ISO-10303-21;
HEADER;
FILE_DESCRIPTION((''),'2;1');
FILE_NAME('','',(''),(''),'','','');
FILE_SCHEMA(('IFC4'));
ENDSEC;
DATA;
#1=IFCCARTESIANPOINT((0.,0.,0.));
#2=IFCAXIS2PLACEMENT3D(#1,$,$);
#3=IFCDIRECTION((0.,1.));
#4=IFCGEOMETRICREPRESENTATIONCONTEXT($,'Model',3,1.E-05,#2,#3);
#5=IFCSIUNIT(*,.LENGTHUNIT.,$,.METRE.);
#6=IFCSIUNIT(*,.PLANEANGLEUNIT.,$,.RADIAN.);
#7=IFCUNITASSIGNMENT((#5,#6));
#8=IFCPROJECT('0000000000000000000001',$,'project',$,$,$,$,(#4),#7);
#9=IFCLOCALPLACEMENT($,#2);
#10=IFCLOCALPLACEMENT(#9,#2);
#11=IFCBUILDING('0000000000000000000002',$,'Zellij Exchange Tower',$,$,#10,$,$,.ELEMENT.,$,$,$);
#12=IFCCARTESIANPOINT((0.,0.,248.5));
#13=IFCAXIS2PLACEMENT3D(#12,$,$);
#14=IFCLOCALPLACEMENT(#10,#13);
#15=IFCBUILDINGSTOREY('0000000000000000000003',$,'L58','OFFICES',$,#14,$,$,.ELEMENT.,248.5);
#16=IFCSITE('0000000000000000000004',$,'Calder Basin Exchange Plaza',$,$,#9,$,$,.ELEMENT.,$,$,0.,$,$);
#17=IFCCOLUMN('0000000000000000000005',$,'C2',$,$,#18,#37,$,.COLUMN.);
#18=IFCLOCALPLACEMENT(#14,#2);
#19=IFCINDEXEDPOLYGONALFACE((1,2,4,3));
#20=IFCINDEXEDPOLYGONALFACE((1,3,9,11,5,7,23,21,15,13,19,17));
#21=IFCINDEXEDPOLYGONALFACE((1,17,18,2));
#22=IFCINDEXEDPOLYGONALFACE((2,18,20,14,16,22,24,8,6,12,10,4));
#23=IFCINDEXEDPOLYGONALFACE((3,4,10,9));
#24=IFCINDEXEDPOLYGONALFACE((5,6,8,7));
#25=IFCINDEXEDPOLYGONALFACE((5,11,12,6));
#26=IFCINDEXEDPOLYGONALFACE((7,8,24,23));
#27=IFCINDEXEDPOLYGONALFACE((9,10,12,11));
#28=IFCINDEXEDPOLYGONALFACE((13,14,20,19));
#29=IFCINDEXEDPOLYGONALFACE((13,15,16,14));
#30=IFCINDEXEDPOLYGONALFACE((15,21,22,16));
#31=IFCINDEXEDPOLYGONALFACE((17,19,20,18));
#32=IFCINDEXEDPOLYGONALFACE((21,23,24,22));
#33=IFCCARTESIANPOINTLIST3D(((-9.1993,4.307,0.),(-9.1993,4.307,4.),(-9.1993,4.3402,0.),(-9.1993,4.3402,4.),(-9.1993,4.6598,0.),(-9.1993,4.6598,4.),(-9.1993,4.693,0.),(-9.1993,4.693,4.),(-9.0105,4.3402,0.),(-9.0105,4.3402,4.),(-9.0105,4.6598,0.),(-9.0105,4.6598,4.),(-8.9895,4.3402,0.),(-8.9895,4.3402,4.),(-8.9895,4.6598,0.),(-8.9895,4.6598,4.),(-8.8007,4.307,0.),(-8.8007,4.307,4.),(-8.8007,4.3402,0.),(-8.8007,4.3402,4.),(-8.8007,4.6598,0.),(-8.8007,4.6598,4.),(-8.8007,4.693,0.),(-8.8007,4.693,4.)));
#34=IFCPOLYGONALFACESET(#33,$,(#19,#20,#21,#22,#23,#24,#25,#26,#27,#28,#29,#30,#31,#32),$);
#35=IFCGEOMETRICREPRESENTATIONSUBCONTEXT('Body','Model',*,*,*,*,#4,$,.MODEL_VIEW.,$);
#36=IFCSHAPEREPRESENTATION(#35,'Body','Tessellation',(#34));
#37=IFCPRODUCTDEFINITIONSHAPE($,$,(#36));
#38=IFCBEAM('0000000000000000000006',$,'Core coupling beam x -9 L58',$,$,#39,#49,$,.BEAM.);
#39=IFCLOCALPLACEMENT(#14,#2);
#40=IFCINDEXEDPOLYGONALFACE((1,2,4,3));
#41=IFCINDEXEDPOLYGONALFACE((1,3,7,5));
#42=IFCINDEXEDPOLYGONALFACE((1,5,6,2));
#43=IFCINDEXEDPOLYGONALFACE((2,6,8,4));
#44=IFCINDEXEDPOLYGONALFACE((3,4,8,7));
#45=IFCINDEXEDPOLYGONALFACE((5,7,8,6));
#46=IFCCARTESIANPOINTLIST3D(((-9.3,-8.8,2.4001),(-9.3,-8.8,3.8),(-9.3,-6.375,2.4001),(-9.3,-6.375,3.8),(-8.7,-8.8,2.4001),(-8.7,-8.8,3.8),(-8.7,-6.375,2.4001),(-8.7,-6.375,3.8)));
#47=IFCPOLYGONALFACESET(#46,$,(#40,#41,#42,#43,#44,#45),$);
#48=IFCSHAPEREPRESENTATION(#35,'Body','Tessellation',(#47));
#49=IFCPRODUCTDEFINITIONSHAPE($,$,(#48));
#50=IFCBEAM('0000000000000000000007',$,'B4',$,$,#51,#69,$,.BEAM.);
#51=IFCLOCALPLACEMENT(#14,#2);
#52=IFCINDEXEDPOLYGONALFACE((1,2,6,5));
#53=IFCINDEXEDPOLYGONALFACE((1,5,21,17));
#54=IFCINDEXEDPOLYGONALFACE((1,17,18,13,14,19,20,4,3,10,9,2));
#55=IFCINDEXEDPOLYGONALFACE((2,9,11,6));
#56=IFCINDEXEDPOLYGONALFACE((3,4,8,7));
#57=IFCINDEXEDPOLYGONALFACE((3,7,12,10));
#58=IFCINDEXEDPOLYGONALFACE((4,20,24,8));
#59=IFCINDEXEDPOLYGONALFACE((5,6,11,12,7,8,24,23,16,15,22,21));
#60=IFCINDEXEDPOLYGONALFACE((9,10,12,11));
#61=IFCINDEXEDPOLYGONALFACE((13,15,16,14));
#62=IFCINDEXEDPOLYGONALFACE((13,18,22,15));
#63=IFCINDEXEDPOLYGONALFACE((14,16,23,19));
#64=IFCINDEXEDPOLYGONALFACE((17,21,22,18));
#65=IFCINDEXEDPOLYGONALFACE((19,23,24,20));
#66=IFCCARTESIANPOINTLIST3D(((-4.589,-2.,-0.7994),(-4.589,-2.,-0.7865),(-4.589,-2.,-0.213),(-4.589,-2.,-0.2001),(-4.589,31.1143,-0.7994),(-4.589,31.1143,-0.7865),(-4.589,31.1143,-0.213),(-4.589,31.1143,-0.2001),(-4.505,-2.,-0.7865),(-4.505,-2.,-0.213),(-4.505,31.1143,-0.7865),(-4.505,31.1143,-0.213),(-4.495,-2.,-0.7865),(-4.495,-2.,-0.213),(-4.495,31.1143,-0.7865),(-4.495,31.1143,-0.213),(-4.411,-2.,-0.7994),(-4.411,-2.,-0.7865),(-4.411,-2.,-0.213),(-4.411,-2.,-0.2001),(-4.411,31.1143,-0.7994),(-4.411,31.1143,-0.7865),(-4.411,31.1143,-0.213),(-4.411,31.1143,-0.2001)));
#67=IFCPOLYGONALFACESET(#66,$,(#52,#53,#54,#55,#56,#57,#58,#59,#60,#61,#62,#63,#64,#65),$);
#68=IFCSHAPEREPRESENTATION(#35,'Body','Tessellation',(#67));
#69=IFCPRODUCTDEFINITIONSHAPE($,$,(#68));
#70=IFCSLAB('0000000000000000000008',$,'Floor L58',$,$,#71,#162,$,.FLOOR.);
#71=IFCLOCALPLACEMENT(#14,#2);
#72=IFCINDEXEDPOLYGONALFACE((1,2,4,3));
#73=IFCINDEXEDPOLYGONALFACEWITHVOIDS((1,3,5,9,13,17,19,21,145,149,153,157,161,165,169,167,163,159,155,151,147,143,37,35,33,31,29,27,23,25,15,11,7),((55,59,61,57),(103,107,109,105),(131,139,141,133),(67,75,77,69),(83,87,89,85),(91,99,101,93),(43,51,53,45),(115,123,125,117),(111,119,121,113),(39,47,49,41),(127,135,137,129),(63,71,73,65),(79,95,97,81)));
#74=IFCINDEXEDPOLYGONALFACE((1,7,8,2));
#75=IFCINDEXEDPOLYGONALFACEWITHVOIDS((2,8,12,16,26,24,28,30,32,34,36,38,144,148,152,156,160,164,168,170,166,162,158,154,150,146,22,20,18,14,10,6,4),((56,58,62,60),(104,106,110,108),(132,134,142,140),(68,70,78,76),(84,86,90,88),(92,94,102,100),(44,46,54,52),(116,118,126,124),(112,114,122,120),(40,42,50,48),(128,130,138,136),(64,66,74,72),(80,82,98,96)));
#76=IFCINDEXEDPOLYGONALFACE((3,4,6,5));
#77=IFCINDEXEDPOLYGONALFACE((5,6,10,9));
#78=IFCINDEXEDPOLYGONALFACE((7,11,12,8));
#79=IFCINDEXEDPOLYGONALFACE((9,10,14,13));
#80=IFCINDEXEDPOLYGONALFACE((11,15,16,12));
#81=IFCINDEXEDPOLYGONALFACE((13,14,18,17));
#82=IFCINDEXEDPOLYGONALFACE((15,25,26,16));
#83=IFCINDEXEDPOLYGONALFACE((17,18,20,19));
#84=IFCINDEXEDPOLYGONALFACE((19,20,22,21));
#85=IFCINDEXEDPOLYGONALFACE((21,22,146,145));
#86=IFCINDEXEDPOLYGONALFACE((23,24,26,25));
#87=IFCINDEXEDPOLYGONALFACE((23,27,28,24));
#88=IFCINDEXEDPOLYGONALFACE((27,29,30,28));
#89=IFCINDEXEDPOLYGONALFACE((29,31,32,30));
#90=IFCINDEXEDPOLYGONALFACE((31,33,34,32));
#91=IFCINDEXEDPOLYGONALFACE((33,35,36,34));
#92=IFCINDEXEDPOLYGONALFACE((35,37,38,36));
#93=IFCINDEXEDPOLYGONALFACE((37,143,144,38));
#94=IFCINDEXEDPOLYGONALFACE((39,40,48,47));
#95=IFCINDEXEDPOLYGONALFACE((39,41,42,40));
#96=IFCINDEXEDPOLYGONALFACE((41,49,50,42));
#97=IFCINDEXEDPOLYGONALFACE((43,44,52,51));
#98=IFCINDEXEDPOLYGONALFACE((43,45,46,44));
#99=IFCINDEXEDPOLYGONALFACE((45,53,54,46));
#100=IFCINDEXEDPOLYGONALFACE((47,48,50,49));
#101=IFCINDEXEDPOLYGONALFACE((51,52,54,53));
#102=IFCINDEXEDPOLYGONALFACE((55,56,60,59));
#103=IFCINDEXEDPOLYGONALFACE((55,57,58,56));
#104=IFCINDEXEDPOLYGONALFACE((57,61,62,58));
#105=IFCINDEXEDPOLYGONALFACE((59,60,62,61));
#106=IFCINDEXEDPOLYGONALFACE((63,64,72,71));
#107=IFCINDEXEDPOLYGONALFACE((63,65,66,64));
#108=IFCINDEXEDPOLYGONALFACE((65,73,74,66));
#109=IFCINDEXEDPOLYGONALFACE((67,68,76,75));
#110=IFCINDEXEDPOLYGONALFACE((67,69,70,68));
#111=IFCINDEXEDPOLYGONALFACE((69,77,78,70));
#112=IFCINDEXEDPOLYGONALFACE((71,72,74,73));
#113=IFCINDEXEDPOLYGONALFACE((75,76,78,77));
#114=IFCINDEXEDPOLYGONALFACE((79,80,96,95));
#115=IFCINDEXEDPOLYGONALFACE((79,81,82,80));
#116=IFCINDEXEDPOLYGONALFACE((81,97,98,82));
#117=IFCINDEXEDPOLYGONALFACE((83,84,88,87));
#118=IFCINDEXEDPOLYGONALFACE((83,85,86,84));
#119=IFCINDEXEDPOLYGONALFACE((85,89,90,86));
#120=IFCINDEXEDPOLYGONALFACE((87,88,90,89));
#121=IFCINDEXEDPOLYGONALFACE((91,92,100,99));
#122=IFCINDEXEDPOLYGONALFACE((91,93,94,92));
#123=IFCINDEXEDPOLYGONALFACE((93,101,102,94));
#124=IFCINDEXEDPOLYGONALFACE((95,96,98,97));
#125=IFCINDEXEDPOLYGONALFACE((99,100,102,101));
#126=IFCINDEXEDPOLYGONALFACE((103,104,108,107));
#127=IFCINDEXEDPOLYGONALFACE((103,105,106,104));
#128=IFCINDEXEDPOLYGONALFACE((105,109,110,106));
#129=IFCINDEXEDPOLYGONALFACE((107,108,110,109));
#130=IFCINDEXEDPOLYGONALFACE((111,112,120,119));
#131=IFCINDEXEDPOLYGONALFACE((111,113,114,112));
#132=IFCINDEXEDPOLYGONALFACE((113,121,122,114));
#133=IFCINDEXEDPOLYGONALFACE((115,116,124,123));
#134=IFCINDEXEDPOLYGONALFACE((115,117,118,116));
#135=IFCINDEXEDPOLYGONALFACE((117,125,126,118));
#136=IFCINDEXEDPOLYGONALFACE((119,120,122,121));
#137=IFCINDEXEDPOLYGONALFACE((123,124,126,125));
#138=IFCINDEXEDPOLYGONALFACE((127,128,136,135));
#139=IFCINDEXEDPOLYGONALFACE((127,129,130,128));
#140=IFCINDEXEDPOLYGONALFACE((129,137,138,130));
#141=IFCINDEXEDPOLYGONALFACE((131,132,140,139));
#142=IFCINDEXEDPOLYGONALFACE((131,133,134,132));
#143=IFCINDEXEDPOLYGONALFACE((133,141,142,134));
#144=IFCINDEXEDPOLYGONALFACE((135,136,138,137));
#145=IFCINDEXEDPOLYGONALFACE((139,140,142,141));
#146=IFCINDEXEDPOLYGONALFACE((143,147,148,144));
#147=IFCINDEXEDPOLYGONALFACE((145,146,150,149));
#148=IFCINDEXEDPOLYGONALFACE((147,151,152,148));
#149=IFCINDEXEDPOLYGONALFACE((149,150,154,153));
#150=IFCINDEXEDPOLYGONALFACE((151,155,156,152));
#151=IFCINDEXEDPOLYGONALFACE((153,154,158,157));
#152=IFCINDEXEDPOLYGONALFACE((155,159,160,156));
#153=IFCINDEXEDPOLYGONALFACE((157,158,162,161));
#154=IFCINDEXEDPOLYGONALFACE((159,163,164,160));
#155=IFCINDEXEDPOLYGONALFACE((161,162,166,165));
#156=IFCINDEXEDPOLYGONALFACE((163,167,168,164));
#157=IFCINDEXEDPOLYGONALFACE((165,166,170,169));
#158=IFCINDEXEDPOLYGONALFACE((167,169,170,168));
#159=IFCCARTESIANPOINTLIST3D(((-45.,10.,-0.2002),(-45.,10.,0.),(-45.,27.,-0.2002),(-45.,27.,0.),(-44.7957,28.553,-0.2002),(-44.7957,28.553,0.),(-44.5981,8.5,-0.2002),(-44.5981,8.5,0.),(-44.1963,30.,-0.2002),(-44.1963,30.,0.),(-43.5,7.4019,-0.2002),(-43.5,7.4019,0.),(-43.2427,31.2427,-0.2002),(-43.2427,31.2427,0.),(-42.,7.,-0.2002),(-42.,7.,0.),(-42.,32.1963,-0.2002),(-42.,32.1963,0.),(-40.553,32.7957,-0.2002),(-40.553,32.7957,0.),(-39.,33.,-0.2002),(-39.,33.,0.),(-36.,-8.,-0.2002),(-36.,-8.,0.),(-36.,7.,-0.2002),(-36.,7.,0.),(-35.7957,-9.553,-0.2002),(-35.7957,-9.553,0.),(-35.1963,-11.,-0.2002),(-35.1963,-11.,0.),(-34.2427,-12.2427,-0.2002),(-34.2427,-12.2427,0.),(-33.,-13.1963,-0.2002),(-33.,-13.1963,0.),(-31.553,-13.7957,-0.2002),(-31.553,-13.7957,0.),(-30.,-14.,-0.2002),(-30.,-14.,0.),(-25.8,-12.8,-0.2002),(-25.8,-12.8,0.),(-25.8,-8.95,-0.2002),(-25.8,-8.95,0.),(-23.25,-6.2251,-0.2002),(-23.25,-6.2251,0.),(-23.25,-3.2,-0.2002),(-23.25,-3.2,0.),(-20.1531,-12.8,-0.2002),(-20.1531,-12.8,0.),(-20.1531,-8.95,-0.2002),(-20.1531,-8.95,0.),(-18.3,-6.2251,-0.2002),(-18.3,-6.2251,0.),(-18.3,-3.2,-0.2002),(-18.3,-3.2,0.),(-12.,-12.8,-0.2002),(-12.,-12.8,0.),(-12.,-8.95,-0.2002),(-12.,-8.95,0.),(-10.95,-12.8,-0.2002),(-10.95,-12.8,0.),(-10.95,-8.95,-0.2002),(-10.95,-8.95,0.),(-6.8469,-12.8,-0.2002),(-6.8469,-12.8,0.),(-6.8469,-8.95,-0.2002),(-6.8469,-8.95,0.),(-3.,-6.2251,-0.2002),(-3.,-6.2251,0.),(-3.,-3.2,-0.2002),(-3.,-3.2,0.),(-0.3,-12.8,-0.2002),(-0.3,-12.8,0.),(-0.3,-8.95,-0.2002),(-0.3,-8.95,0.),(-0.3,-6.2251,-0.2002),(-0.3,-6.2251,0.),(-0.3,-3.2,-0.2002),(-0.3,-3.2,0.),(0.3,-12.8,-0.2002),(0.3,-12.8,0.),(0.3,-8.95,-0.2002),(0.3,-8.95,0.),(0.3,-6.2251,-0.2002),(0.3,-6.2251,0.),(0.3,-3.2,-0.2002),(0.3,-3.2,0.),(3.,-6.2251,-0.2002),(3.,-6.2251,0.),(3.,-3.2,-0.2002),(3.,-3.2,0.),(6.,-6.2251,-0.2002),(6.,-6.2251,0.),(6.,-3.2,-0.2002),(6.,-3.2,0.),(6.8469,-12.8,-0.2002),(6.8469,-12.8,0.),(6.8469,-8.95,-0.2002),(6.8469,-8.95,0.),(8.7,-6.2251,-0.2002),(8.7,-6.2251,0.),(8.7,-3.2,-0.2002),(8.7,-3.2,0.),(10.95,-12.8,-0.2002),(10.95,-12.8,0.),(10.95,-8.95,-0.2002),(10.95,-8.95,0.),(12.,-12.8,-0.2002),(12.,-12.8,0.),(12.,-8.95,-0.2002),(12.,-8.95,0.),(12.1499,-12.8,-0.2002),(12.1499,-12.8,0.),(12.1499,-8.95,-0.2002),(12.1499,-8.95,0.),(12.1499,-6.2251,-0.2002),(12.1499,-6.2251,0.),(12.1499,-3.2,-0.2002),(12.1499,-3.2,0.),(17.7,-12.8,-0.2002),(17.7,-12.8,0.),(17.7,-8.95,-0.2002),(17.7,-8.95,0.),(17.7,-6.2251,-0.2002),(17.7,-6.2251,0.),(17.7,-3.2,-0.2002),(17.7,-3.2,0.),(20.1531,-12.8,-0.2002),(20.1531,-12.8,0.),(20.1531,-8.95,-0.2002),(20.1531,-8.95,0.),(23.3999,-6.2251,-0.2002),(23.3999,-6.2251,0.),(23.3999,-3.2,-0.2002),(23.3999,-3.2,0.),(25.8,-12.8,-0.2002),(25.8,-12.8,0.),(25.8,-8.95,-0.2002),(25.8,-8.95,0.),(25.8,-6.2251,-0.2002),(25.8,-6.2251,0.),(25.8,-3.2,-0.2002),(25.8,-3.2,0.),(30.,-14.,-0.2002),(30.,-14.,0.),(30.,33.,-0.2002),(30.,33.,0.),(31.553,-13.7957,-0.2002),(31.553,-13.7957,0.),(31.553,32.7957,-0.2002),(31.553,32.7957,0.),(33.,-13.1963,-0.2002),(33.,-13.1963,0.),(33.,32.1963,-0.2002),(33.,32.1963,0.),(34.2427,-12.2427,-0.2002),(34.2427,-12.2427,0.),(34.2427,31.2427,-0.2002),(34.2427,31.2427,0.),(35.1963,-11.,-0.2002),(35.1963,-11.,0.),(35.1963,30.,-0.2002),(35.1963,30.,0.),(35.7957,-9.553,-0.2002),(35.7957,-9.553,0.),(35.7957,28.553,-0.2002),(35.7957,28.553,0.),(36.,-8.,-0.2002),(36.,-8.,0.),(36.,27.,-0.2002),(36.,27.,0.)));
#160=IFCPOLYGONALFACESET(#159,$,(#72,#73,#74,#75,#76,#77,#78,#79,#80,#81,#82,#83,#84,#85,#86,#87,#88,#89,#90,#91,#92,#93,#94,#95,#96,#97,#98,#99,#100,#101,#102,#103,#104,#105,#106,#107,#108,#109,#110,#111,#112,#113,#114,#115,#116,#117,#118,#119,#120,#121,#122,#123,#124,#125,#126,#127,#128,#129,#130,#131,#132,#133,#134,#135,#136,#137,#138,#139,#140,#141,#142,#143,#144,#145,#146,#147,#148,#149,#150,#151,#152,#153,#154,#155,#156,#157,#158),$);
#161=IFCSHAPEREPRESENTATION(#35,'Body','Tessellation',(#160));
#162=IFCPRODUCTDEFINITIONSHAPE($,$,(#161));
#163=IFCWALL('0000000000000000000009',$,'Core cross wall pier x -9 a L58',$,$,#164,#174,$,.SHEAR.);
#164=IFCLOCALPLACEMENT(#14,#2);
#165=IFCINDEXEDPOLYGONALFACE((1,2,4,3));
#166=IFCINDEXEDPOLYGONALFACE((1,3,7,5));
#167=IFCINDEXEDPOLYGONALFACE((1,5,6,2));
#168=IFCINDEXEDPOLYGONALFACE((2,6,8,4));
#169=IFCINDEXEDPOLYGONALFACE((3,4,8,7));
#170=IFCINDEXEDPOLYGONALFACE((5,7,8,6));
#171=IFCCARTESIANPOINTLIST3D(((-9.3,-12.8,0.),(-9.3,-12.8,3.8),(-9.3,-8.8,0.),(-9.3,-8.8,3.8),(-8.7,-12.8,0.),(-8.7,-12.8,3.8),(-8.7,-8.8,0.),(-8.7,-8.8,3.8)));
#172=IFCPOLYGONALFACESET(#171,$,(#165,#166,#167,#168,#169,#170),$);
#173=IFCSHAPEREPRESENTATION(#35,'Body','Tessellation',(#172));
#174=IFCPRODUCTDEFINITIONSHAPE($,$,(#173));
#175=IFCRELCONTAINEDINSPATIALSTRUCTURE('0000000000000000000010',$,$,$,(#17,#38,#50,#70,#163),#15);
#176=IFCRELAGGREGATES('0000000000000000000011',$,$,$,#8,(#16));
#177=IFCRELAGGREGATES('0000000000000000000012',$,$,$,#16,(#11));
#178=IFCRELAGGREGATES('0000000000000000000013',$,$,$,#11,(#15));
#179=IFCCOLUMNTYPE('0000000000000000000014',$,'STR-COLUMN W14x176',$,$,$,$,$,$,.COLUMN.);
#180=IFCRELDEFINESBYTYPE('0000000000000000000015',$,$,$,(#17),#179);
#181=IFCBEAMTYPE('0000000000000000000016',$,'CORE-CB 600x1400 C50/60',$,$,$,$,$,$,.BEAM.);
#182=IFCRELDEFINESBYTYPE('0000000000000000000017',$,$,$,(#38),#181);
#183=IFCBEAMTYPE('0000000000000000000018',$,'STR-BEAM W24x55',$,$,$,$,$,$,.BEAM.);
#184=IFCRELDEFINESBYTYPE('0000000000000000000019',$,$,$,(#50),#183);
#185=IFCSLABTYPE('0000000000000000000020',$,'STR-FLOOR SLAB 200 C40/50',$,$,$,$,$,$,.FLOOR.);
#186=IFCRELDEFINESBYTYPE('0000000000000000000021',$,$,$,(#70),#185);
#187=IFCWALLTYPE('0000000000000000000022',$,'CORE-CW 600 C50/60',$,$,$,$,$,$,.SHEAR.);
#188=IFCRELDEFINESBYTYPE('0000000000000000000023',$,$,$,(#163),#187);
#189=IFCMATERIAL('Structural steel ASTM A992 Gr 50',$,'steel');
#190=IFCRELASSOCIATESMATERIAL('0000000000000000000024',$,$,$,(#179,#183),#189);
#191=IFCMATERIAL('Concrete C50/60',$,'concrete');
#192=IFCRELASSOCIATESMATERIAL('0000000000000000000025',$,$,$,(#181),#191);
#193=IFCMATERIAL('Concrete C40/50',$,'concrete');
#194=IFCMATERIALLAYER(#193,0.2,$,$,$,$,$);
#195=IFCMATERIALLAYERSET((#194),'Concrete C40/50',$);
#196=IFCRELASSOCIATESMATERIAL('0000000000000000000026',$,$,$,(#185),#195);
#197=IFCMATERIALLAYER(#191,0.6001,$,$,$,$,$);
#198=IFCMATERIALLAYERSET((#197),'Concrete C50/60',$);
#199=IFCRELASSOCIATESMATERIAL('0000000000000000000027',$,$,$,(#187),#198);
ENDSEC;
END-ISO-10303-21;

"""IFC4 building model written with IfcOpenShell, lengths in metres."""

from ifc_helpers import new_model, si_unit, direction, frame, frame_2d, origin, origin_2d, place, context, subcontext, project, spatial, polyline, rectangle, i_section, outline, extrude, material, layer, layer_set, material_profile, profile_set, type_object, element, save


model = new_model("IFC4")

# Units and contexts
model_context = context("Model", 3, precision=1e-05, world=origin(), true_north=direction((0.0, 1.0)))
body_context = subcontext(model_context, "Body", "Model", "MODEL_VIEW")
ifc_project = project(units=[si_unit("LENGTHUNIT", "METRE"), si_unit("PLANEANGLEUNIT", "RADIAN")], contexts=[model_context])

# Site, building, storey
site_placement = place(None, origin())
site = spatial("IfcSite", under=ifc_project, at=site_placement, Name="Calder Basin Exchange Plaza", CompositionType="ELEMENT", RefElevation=0.0)
building_placement = place(site_placement, origin())
building = spatial("IfcBuilding", under=site, at=building_placement, Name="Zellij Exchange Tower", CompositionType="ELEMENT")
storey_placement = place(building_placement, frame((0.0, 0.0, 248.5)))
storey = spatial("IfcBuildingStorey", under=building, at=storey_placement, Name="L58", Description="OFFICES", CompositionType="ELEMENT", Elevation=248.5)

# Column
ifc_material_1 = material(Name="Structural steel ASTM A992 Gr 50", Category="steel")
ifc_material_profile_1 = material_profile(ifc_material_1, i_section(OverallWidth=0.3987, OverallDepth=0.386, WebThickness=0.021, FlangeThickness=0.0332, at=origin_2d()), Name="W14x176")
ifc_profile_set_1 = profile_set([ifc_material_profile_1], Name="Structural steel ASTM A992 Gr 50")
column_type = type_object("IfcColumnType", Name="STR-COLUMN W14x176", PredefinedType="COLUMN", material=ifc_profile_set_1)
column_placement = place(storey_placement, frame((-9.0, 4.5, 0.0), z_axis=(0.0, 0.0, 1.0), x_axis=(1.0, 0.0, 0.0)))
element("IfcColumn", 1, at=column_placement, inside=storey, type_object=column_type, Name="C2", PredefinedType="COLUMN", context=body_context, shape_type="SweptSolid", body=[
    extrude(i_section(OverallWidth=0.3987, OverallDepth=0.386, WebThickness=0.021, FlangeThickness=0.0332, at=origin_2d()), origin(), (0.0, 0.0, 1.0), 4.0),
])

# Beams
ifc_material_2 = material(Name="Concrete C50/60", Category="concrete")
ifc_material_profile_2 = material_profile(ifc_material_2, rectangle(XDim=0.6001, YDim=1.3999, at=origin_2d()), Name="CORE-CB 600x1400 C50/60")
ifc_profile_set_2 = profile_set([ifc_material_profile_2], Name="Concrete C50/60")
beam_type_1 = type_object("IfcBeamType", Name="CORE-CB 600x1400 C50/60", PredefinedType="BEAM", material=ifc_profile_set_2)
beam_1_placement = place(storey_placement, frame((-9.0, -8.8, 3.1001), z_axis=(0.0, 1.0, 0.0), x_axis=(-1.0, 0.0, 0.0)))
element("IfcBeam", 2, at=beam_1_placement, inside=storey, type_object=beam_type_1, Name="Core coupling beam x -9 L58", PredefinedType="BEAM", context=body_context, shape_type="SweptSolid", body=[
    extrude(rectangle(XDim=0.6001, YDim=1.3999, at=origin_2d()), origin(), (0.0, 0.0, 1.0), 2.425),
])
ifc_material_profile_3 = material_profile(ifc_material_1, i_section(OverallWidth=0.178, OverallDepth=0.5994, WebThickness=0.01, FlangeThickness=0.0129, at=origin_2d()), Name="W24x55")
ifc_profile_set_3 = profile_set([ifc_material_profile_3], Name="Structural steel ASTM A992 Gr 50")
beam_type_2 = type_object("IfcBeamType", Name="STR-BEAM W24x55", PredefinedType="BEAM", material=ifc_profile_set_3)
beam_2_placement = place(storey_placement, frame((-4.5, -2.0, -0.4998), z_axis=(0.0, 1.0, 0.0), x_axis=(-1.0, 0.0, 0.0)))
element("IfcBeam", 3, at=beam_2_placement, inside=storey, type_object=beam_type_2, Name="B4", PredefinedType="BEAM", context=body_context, shape_type="SweptSolid", body=[
    extrude(i_section(OverallWidth=0.178, OverallDepth=0.5994, WebThickness=0.01, FlangeThickness=0.0129, at=origin_2d()), origin(), (0.0, 0.0, 1.0), 33.1143),
])

# Slab
ifc_material_3 = material(Name="Concrete C40/50", Category="concrete")
ifc_layer_1 = layer(ifc_material_3, 0.2)
ifc_layer_set_1 = layer_set([ifc_layer_1], Name="Concrete C40/50")
slab_type = type_object("IfcSlabType", Name="STR-FLOOR SLAB 200 C40/50", PredefinedType="FLOOR", material=ifc_layer_set_1)
slab_placement = place(storey_placement, frame((0.0, 0.0, -0.2002)))
element("IfcSlab", 4, at=slab_placement, inside=storey, type_object=slab_type, Name="Floor L58", PredefinedType="FLOOR", context=body_context, shape_type="SweptSolid", body=[
    extrude(outline(polyline([(31.553, 32.7957), (33.0, 32.1963), (34.2427, 31.2427), (35.1963, 30.0), (35.7957, 28.553), (36.0, 27.0), (36.0, -8.0), (35.7957, -9.553), (35.1963, -11.0), (34.2427, -12.2427), (33.0, -13.1963), (31.553, -13.7957), (30.0, -14.0), (-30.0, -14.0), (-31.553, -13.7957), (-33.0, -13.1963), (-34.2427, -12.2427), (-35.1963, -11.0), (-35.7957, -9.553), (-36.0, -8.0), (-36.0, 7.0), (-42.0, 7.0), (-43.5, 7.4019), (-44.5981, 8.5), (-45.0, 10.0), (-45.0, 27.0), (-44.7957, 28.553), (-44.1963, 30.0), (-43.2427, 31.2427), (-42.0, 32.1963), (-40.553, 32.7957), (-39.0, 33.0), (30.0, 33.0), (31.553, 32.7957)]), holes=[polyline([(-25.8, -8.95), (-25.8, -12.8), (-20.1531, -12.8), (-20.1531, -8.95), (-25.8, -8.95)]), polyline([(-10.95, -8.95), (-12.0, -8.95), (-12.0, -12.8), (-10.95, -12.8), (-10.95, -8.95)]), polyline([(-0.3, -8.95), (-6.8469, -8.95), (-6.8469, -12.8), (-0.3, -12.8), (-0.3, -8.95)]), polyline([(0.3, -8.95), (0.3, -12.8), (6.8469, -12.8), (6.8469, -8.95), (0.3, -8.95)]), polyline([(-18.3, -3.2), (-23.25, -3.2), (-23.25, -6.2251), (-18.3, -6.2251), (-18.3, -3.2)]), polyline([(-0.3, -3.2), (-3.0, -3.2), (-3.0, -6.2251), (-0.3, -6.2251), (-0.3, -3.2)]), polyline([(0.3, -3.2), (0.3, -6.2251), (3.0, -6.2251), (3.0, -3.2), (0.3, -3.2)]), polyline([(12.0, -8.95), (10.95, -8.95), (10.95, -12.8), (12.0, -12.8), (12.0, -8.95)]), polyline([(17.7, -8.95), (12.1499, -8.95), (12.1499, -12.8), (17.7, -12.8), (17.7, -8.95)]), polyline([(25.8, -8.95), (20.1531, -8.95), (20.1531, -12.8), (25.8, -12.8), (25.8, -8.95)]), polyline([(8.7, -3.2), (6.0, -3.2), (6.0, -6.2251), (8.7, -6.2251), (8.7, -3.2)]), polyline([(17.7, -3.2), (12.1499, -3.2), (12.1499, -6.2251), (17.7, -6.2251), (17.7, -3.2)]), polyline([(25.8, -3.2), (23.3999, -3.2), (23.3999, -6.2251), (25.8, -6.2251), (25.8, -3.2)])]), origin(), (0.0, 0.0, 1.0), 0.2002),
])

# Wall
ifc_layer_2 = layer(ifc_material_2, 0.6001)
ifc_layer_set_2 = layer_set([ifc_layer_2], Name="Concrete C50/60")
wall_type_1 = type_object("IfcWallType", Name="CORE-CW 600 C50/60", PredefinedType="SHEAR", material=ifc_layer_set_2)
wall_1_placement = place(storey_placement, frame((-9.0, -12.8, 0.0), z_axis=(0.0, 0.0, 1.0), x_axis=(0.0, 1.0, 0.0)))
element("IfcWall", 5, at=wall_1_placement, inside=storey, type_object=wall_type_1, Name="Core cross wall pier x -9 a L58", PredefinedType="SHEAR", context=body_context, shape_type="SweptSolid", body=[
    extrude(rectangle(XDim=4.0, YDim=0.6001, at=frame_2d((2.0, 0.0))), origin(), (0.0, 0.0, 1.0), 3.8),
])

save(model, "model.ifc")
